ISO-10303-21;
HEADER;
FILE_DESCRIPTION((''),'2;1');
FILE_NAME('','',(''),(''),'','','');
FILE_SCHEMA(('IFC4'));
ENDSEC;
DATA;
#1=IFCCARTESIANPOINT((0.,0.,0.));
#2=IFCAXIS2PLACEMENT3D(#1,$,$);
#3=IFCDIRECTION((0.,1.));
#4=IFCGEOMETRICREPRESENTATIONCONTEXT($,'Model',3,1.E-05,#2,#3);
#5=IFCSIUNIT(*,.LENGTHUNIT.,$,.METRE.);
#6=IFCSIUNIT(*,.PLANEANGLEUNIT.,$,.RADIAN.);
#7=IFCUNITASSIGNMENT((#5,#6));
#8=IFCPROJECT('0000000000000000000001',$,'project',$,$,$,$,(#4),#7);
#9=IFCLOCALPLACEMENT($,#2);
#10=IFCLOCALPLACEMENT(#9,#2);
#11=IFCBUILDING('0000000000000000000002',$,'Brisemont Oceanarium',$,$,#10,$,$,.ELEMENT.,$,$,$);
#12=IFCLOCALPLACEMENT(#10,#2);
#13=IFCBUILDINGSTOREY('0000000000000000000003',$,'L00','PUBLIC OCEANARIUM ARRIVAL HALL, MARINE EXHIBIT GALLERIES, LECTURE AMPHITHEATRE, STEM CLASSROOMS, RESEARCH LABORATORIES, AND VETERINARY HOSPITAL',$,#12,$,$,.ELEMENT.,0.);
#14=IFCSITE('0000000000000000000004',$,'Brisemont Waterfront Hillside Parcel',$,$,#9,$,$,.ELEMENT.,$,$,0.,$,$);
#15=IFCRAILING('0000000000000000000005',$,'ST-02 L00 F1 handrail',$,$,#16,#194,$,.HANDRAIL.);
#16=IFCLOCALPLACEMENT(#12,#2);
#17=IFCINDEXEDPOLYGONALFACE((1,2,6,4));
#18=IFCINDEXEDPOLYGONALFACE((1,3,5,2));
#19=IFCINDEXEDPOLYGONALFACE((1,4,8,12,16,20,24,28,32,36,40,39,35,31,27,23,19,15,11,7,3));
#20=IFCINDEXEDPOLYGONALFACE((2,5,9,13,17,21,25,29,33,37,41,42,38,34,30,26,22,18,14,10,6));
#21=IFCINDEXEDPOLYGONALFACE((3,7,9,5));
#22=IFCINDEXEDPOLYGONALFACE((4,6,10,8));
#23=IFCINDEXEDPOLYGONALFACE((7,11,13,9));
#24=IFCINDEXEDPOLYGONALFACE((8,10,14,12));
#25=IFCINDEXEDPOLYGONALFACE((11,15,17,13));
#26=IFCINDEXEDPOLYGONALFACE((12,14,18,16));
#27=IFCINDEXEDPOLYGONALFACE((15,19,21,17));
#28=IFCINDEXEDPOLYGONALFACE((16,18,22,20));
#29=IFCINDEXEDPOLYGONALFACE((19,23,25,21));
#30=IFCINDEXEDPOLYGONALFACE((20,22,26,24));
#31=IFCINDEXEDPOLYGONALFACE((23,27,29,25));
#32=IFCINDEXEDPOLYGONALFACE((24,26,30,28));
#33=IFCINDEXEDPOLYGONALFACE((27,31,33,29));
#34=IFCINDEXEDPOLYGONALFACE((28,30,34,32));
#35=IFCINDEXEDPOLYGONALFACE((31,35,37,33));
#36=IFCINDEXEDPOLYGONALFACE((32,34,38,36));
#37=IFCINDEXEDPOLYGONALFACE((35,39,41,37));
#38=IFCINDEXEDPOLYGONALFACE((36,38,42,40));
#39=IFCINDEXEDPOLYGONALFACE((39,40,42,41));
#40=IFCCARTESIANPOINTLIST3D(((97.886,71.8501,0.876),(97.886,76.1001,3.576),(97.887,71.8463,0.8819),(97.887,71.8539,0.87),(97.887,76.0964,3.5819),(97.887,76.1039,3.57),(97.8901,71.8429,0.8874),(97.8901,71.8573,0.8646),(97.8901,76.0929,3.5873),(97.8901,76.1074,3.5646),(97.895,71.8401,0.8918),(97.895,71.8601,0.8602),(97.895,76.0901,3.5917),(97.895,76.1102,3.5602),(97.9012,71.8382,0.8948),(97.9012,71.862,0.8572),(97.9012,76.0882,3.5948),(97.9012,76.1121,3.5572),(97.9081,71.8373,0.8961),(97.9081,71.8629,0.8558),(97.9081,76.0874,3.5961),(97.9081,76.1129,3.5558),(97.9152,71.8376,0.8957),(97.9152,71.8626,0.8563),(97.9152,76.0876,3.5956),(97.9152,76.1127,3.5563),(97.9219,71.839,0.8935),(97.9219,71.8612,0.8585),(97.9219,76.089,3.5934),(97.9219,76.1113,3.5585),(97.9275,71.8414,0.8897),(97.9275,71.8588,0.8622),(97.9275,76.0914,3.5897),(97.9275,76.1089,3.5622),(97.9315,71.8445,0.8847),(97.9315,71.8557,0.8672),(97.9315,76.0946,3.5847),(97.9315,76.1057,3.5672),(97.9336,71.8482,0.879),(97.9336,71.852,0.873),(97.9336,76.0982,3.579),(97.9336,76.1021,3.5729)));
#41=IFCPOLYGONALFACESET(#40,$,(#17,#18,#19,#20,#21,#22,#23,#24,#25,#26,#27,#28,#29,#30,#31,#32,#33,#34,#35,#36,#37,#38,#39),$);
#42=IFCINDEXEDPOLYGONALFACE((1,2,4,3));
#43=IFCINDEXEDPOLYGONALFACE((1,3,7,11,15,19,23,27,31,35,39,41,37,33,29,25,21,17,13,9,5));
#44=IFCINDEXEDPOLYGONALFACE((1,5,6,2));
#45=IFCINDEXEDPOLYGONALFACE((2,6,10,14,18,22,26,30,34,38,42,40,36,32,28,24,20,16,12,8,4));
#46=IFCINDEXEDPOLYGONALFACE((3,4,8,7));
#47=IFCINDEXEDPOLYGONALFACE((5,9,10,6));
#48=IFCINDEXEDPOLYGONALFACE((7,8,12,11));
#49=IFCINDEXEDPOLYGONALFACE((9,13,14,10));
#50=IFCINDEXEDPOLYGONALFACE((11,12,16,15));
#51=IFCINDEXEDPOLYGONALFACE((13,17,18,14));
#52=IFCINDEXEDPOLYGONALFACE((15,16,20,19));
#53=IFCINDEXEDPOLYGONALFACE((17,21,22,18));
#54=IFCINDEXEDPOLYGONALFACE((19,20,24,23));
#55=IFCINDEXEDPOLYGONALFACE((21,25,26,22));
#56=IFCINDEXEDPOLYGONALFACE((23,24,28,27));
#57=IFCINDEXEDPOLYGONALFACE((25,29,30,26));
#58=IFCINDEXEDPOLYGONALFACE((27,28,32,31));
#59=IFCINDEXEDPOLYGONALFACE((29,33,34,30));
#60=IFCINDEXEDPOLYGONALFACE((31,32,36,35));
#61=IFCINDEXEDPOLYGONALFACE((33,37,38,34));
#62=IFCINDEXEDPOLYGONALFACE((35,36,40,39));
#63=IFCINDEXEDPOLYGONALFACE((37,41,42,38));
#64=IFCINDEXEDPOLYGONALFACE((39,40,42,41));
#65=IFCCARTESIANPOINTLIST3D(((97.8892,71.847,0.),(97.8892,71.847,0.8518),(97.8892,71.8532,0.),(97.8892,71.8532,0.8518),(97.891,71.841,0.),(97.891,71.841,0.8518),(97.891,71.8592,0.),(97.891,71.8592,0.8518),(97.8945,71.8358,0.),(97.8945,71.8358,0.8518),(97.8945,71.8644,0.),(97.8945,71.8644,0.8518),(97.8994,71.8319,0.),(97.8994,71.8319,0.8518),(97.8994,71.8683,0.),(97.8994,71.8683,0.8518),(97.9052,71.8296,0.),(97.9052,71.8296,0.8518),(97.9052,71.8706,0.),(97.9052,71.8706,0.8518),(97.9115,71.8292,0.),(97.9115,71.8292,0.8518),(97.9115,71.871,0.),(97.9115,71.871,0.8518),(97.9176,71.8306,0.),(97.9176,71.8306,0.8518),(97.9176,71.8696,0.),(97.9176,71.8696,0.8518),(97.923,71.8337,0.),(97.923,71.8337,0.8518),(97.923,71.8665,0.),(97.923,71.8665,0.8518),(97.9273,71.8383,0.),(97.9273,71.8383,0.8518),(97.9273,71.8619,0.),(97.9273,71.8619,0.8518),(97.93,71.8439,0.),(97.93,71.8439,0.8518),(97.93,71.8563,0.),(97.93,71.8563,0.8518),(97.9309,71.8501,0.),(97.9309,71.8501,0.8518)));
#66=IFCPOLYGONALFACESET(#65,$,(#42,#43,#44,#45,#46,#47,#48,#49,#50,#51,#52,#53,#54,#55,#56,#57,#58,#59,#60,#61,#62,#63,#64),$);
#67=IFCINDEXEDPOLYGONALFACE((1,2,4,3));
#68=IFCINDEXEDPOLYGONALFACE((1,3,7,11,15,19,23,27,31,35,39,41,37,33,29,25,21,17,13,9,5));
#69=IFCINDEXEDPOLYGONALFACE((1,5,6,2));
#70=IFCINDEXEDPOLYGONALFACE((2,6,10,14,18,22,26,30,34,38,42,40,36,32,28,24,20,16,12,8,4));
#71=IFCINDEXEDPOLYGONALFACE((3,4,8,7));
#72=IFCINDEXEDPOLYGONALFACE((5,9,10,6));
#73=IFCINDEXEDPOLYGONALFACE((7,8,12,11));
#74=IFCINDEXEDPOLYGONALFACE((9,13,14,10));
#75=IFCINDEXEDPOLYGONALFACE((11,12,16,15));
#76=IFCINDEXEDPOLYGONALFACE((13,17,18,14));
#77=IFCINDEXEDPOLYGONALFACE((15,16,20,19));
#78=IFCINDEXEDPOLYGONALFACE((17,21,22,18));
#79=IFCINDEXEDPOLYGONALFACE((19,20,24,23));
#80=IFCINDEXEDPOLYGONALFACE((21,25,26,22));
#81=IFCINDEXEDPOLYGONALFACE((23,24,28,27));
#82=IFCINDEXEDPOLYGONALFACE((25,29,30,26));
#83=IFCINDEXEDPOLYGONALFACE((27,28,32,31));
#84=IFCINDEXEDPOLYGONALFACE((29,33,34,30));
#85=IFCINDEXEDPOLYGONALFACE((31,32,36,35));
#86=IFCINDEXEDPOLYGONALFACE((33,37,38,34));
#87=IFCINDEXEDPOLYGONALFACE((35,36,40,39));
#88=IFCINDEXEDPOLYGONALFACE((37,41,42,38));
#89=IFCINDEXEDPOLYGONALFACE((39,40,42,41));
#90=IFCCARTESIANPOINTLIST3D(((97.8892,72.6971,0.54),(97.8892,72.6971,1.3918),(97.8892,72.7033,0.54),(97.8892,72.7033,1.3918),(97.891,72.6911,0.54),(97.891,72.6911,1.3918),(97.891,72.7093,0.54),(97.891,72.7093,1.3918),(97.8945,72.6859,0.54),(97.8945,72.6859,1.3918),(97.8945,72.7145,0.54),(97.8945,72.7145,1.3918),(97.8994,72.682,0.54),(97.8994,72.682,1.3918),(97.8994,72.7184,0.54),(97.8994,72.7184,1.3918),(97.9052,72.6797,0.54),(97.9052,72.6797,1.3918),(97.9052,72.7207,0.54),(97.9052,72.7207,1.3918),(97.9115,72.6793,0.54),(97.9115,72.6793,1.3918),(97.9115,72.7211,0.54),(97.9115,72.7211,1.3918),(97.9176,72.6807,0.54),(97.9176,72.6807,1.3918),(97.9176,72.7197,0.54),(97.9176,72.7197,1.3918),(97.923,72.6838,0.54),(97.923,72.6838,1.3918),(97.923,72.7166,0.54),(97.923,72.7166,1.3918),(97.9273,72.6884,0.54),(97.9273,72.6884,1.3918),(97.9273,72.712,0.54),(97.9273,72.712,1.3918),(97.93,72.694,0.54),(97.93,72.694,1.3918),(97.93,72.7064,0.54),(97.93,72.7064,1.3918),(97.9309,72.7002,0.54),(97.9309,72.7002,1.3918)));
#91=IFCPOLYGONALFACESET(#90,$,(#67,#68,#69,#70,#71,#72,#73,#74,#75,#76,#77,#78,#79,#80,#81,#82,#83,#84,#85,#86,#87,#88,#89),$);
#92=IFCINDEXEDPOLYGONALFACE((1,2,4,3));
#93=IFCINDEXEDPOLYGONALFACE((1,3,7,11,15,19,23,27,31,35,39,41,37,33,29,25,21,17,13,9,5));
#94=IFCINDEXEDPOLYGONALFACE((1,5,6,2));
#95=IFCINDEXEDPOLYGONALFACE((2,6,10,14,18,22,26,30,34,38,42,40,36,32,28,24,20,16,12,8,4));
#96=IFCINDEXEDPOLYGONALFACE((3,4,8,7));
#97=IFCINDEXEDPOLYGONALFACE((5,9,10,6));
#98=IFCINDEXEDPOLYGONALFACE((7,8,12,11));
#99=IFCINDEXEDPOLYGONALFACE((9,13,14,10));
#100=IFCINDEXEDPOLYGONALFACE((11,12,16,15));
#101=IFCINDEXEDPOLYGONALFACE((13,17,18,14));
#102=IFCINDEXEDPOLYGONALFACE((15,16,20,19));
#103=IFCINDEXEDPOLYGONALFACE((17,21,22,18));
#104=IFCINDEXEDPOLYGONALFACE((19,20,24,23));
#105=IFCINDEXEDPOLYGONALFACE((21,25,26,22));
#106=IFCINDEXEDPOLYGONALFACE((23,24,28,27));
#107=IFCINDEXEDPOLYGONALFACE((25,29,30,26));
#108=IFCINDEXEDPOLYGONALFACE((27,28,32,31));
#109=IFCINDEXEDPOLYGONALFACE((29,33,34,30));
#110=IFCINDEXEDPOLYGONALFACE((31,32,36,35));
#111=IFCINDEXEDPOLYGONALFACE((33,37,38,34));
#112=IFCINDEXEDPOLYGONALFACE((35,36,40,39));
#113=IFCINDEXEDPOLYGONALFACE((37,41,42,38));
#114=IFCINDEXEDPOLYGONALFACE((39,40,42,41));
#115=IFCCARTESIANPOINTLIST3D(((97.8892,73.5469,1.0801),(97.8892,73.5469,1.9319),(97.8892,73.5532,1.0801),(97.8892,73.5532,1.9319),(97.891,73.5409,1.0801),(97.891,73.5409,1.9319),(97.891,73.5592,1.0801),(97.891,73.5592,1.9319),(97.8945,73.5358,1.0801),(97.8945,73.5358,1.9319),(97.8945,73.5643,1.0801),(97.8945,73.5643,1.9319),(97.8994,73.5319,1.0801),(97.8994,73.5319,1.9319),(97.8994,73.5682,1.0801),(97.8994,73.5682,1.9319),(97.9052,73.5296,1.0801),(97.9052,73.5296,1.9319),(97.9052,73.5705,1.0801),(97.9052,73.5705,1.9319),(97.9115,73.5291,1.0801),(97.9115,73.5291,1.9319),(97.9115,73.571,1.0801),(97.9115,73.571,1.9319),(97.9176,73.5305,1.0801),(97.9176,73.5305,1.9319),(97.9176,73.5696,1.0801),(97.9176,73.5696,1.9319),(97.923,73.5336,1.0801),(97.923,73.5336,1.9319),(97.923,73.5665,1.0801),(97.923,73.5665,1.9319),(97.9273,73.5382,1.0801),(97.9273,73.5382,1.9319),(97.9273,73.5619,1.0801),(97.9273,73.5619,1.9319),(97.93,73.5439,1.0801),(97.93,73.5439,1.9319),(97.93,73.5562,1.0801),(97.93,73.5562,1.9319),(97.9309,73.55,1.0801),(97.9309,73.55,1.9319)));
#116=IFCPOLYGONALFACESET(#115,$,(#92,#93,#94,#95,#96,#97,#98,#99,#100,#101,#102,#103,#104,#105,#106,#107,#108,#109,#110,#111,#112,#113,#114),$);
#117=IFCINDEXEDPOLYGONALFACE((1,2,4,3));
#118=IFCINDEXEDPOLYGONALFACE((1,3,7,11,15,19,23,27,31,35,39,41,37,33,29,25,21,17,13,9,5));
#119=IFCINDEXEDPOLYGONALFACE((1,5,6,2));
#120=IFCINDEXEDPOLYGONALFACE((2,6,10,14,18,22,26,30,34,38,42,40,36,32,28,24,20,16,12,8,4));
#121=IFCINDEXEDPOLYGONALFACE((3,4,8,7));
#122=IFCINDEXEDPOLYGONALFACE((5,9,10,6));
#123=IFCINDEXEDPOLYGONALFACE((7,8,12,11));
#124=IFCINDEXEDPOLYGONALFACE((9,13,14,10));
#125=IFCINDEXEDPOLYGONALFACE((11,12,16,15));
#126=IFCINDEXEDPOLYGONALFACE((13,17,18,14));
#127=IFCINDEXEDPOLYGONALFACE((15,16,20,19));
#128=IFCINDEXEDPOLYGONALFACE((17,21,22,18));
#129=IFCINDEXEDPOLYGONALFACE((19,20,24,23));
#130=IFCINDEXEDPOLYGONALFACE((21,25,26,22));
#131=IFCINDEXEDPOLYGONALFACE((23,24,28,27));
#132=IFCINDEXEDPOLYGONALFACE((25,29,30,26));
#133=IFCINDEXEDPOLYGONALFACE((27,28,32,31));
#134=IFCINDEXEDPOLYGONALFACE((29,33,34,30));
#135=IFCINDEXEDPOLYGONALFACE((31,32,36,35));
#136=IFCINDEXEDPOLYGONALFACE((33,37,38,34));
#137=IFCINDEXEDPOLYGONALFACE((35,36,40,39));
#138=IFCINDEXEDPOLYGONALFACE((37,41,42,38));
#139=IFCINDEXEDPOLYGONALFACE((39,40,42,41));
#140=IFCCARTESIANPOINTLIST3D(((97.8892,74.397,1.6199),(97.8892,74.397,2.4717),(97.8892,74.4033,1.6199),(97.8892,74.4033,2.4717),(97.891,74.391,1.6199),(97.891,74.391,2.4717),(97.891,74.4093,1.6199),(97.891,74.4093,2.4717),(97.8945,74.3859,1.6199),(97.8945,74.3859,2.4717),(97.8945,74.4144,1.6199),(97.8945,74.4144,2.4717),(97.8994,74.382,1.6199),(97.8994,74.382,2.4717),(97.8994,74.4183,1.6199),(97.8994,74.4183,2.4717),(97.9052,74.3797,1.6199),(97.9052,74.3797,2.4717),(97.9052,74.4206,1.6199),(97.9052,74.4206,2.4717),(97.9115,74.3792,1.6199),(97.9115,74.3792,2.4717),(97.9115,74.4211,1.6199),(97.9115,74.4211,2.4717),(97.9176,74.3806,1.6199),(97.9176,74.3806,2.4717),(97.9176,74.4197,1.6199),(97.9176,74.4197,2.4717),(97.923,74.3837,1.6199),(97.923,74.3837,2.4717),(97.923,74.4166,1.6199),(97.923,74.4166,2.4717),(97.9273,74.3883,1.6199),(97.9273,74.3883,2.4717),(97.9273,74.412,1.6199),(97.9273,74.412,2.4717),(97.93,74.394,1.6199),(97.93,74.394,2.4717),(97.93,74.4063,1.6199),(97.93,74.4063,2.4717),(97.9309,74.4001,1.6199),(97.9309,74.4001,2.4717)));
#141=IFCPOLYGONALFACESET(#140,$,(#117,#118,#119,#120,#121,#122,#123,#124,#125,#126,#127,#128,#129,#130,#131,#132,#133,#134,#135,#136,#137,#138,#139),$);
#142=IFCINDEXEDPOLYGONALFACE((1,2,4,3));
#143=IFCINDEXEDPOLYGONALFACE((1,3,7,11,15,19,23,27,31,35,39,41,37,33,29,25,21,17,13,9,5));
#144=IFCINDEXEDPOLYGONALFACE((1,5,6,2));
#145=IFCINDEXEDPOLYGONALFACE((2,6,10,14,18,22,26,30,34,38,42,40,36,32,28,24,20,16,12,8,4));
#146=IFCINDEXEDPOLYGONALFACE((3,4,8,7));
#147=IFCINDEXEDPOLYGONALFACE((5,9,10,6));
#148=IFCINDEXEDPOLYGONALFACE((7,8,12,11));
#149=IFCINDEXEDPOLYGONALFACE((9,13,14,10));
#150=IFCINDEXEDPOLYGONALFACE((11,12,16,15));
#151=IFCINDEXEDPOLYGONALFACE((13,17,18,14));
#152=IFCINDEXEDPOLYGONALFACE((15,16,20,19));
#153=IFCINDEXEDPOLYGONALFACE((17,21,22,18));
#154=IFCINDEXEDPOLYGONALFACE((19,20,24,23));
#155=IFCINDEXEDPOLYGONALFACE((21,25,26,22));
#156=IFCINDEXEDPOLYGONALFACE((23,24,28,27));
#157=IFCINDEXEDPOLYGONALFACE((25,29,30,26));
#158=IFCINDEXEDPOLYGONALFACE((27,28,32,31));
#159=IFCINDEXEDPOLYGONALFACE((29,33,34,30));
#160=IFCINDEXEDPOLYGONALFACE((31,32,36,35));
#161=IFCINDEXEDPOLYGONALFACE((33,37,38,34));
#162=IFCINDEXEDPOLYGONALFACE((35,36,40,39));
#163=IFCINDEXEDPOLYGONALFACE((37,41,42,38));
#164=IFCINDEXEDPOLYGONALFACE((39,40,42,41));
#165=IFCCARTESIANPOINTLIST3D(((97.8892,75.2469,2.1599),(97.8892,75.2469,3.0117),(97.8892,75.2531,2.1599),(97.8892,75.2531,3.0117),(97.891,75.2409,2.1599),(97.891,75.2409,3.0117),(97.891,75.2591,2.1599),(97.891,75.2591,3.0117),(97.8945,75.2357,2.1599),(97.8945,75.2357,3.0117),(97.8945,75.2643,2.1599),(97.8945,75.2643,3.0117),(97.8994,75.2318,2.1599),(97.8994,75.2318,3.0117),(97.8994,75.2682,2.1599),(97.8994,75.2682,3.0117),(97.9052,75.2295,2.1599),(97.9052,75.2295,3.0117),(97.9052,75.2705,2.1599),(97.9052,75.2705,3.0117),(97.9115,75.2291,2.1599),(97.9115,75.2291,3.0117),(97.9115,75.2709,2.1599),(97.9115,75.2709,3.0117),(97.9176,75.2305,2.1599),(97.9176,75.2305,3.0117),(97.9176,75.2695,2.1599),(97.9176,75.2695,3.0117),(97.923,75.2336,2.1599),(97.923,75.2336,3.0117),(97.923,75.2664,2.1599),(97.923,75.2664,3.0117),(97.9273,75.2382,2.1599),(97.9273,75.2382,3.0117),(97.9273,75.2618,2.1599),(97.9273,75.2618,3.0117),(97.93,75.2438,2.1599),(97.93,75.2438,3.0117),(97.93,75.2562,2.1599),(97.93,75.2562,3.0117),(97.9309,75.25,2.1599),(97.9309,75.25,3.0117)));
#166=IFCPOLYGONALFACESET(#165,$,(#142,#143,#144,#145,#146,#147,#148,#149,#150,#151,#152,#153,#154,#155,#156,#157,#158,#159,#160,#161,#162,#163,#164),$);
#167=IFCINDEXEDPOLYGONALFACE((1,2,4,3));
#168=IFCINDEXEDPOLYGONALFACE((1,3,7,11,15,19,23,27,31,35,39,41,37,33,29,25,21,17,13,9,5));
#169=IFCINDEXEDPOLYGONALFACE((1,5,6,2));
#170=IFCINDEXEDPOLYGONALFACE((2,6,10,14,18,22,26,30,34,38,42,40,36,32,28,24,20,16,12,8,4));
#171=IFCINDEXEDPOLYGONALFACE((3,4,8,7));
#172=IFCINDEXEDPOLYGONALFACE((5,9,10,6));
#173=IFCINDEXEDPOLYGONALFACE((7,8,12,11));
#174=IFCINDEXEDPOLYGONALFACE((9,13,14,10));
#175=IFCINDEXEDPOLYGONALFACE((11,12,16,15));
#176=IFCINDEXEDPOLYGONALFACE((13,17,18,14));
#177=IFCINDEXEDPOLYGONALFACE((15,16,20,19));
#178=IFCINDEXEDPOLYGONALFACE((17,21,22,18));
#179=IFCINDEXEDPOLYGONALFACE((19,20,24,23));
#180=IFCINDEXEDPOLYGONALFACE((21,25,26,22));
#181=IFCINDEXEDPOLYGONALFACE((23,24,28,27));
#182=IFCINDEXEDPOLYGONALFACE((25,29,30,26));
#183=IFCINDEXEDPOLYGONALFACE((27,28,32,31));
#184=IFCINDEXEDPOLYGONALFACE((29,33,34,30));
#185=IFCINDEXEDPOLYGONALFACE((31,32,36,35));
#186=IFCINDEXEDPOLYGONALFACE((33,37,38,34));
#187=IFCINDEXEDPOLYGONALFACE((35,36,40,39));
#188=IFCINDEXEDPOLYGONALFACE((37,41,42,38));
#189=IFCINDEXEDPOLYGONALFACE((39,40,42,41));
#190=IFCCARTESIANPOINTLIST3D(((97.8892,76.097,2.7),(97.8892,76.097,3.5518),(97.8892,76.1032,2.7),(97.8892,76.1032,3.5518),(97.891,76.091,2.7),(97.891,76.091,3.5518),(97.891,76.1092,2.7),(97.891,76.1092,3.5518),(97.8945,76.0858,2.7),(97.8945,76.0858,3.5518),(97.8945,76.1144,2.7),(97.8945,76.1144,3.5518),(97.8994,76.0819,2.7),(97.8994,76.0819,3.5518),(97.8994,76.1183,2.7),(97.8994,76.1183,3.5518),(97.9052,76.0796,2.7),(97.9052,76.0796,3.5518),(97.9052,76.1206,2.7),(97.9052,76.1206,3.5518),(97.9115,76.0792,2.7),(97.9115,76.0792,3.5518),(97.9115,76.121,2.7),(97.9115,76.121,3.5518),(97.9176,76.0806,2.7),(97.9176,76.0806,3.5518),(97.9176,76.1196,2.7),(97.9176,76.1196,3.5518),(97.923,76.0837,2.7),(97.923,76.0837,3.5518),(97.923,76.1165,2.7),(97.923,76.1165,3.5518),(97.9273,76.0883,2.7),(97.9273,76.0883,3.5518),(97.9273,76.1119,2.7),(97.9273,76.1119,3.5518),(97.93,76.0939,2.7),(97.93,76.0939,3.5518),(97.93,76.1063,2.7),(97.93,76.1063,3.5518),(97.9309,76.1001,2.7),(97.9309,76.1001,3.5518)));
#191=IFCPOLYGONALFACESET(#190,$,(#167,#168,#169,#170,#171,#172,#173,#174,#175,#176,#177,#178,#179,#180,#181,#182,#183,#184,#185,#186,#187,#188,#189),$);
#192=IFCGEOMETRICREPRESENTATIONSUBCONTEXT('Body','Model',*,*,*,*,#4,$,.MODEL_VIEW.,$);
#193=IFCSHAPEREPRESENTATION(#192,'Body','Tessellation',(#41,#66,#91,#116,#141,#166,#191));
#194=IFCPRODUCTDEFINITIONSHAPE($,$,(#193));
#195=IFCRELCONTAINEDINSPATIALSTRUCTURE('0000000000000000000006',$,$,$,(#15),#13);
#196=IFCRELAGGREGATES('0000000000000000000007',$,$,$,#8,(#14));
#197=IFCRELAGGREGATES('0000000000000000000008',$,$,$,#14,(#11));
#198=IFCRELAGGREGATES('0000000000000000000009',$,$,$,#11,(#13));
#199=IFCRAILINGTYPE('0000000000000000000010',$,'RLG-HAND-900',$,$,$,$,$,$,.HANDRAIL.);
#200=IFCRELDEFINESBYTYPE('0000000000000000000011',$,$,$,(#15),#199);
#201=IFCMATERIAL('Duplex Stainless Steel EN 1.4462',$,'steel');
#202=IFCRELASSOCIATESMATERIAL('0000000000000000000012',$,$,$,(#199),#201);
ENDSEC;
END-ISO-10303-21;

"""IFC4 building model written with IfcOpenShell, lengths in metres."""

from ifc_helpers import new_model, si_unit, direction, frame, origin, origin_2d, place, context, subcontext, project, spatial, circle, extrude, material, type_object, element, save


model = new_model("IFC4")

# Units and contexts
model_context = context("Model", 3, precision=1e-05, world=origin(), true_north=direction((0.0, 1.0)))
body_context = subcontext(model_context, "Body", "Model", "MODEL_VIEW")
ifc_project = project(units=[si_unit("LENGTHUNIT", "METRE"), si_unit("PLANEANGLEUNIT", "RADIAN")], contexts=[model_context])

# Site, building, storey
site_placement = place(None, origin())
site = spatial("IfcSite", under=ifc_project, at=site_placement, Name="Brisemont Waterfront Hillside Parcel", CompositionType="ELEMENT", RefElevation=0.0)
building_placement = place(site_placement, origin())
building = spatial("IfcBuilding", under=site, at=building_placement, Name="Brisemont Oceanarium", CompositionType="ELEMENT")
storey_placement = place(building_placement, origin())
storey = spatial("IfcBuildingStorey", under=building, at=storey_placement, Name="L00", Description="PUBLIC OCEANARIUM ARRIVAL HALL, MARINE EXHIBIT GALLERIES, LECTURE AMPHITHEATRE, STEM CLASSROOMS, RESEARCH LABORATORIES, AND VETERINARY HOSPITAL", CompositionType="ELEMENT", Elevation=0.0)

# Railing
ifc_material_1 = material(Name="Duplex Stainless Steel EN 1.4462", Category="steel")
railing_type_1 = type_object("IfcRailingType", Name="RLG-HAND-900", PredefinedType="HANDRAIL", material=ifc_material_1)
railing_1_placement = place(storey_placement, frame((97.9099, 71.8501, 0.0)))
element("IfcRailing", 1, at=railing_1_placement, inside=storey, type_object=railing_type_1, Name="ST-02 L00 F1 handrail", PredefinedType="HANDRAIL", context=body_context, shape_type="SweptSolid", body=[
    extrude(circle(Radius=0.0239, at=origin_2d()), frame((0.0, 0.0, 0.876), z_axis=(0.0, 0.844075, 0.536226), x_axis=(-1.0, 0.0, 0.0)), (0.0, 0.0, 1.0), 5.0352),
    extrude(circle(Radius=0.021, at=origin_2d()), origin(), (0.0, 0.0, 1.0), 0.8518),
    extrude(circle(Radius=0.021, at=origin_2d()), frame((0.0, 0.8501, 0.54)), (0.0, 0.0, 1.0), 0.8518),
    extrude(circle(Radius=0.021, at=origin_2d()), frame((0.0, 1.7, 1.0801)), (0.0, 0.0, 1.0), 0.8518),
    extrude(circle(Radius=0.021, at=origin_2d()), frame((0.0, 2.55, 1.6199)), (0.0, 0.0, 1.0), 0.8518),
    extrude(circle(Radius=0.021, at=origin_2d()), frame((0.0, 3.3999, 2.1599)), (0.0, 0.0, 1.0), 0.8518),
    extrude(circle(Radius=0.021, at=origin_2d()), frame((0.0, 4.25, 2.7)), (0.0, 0.0, 1.0), 0.8518),
])

save(model, "model.ifc")
